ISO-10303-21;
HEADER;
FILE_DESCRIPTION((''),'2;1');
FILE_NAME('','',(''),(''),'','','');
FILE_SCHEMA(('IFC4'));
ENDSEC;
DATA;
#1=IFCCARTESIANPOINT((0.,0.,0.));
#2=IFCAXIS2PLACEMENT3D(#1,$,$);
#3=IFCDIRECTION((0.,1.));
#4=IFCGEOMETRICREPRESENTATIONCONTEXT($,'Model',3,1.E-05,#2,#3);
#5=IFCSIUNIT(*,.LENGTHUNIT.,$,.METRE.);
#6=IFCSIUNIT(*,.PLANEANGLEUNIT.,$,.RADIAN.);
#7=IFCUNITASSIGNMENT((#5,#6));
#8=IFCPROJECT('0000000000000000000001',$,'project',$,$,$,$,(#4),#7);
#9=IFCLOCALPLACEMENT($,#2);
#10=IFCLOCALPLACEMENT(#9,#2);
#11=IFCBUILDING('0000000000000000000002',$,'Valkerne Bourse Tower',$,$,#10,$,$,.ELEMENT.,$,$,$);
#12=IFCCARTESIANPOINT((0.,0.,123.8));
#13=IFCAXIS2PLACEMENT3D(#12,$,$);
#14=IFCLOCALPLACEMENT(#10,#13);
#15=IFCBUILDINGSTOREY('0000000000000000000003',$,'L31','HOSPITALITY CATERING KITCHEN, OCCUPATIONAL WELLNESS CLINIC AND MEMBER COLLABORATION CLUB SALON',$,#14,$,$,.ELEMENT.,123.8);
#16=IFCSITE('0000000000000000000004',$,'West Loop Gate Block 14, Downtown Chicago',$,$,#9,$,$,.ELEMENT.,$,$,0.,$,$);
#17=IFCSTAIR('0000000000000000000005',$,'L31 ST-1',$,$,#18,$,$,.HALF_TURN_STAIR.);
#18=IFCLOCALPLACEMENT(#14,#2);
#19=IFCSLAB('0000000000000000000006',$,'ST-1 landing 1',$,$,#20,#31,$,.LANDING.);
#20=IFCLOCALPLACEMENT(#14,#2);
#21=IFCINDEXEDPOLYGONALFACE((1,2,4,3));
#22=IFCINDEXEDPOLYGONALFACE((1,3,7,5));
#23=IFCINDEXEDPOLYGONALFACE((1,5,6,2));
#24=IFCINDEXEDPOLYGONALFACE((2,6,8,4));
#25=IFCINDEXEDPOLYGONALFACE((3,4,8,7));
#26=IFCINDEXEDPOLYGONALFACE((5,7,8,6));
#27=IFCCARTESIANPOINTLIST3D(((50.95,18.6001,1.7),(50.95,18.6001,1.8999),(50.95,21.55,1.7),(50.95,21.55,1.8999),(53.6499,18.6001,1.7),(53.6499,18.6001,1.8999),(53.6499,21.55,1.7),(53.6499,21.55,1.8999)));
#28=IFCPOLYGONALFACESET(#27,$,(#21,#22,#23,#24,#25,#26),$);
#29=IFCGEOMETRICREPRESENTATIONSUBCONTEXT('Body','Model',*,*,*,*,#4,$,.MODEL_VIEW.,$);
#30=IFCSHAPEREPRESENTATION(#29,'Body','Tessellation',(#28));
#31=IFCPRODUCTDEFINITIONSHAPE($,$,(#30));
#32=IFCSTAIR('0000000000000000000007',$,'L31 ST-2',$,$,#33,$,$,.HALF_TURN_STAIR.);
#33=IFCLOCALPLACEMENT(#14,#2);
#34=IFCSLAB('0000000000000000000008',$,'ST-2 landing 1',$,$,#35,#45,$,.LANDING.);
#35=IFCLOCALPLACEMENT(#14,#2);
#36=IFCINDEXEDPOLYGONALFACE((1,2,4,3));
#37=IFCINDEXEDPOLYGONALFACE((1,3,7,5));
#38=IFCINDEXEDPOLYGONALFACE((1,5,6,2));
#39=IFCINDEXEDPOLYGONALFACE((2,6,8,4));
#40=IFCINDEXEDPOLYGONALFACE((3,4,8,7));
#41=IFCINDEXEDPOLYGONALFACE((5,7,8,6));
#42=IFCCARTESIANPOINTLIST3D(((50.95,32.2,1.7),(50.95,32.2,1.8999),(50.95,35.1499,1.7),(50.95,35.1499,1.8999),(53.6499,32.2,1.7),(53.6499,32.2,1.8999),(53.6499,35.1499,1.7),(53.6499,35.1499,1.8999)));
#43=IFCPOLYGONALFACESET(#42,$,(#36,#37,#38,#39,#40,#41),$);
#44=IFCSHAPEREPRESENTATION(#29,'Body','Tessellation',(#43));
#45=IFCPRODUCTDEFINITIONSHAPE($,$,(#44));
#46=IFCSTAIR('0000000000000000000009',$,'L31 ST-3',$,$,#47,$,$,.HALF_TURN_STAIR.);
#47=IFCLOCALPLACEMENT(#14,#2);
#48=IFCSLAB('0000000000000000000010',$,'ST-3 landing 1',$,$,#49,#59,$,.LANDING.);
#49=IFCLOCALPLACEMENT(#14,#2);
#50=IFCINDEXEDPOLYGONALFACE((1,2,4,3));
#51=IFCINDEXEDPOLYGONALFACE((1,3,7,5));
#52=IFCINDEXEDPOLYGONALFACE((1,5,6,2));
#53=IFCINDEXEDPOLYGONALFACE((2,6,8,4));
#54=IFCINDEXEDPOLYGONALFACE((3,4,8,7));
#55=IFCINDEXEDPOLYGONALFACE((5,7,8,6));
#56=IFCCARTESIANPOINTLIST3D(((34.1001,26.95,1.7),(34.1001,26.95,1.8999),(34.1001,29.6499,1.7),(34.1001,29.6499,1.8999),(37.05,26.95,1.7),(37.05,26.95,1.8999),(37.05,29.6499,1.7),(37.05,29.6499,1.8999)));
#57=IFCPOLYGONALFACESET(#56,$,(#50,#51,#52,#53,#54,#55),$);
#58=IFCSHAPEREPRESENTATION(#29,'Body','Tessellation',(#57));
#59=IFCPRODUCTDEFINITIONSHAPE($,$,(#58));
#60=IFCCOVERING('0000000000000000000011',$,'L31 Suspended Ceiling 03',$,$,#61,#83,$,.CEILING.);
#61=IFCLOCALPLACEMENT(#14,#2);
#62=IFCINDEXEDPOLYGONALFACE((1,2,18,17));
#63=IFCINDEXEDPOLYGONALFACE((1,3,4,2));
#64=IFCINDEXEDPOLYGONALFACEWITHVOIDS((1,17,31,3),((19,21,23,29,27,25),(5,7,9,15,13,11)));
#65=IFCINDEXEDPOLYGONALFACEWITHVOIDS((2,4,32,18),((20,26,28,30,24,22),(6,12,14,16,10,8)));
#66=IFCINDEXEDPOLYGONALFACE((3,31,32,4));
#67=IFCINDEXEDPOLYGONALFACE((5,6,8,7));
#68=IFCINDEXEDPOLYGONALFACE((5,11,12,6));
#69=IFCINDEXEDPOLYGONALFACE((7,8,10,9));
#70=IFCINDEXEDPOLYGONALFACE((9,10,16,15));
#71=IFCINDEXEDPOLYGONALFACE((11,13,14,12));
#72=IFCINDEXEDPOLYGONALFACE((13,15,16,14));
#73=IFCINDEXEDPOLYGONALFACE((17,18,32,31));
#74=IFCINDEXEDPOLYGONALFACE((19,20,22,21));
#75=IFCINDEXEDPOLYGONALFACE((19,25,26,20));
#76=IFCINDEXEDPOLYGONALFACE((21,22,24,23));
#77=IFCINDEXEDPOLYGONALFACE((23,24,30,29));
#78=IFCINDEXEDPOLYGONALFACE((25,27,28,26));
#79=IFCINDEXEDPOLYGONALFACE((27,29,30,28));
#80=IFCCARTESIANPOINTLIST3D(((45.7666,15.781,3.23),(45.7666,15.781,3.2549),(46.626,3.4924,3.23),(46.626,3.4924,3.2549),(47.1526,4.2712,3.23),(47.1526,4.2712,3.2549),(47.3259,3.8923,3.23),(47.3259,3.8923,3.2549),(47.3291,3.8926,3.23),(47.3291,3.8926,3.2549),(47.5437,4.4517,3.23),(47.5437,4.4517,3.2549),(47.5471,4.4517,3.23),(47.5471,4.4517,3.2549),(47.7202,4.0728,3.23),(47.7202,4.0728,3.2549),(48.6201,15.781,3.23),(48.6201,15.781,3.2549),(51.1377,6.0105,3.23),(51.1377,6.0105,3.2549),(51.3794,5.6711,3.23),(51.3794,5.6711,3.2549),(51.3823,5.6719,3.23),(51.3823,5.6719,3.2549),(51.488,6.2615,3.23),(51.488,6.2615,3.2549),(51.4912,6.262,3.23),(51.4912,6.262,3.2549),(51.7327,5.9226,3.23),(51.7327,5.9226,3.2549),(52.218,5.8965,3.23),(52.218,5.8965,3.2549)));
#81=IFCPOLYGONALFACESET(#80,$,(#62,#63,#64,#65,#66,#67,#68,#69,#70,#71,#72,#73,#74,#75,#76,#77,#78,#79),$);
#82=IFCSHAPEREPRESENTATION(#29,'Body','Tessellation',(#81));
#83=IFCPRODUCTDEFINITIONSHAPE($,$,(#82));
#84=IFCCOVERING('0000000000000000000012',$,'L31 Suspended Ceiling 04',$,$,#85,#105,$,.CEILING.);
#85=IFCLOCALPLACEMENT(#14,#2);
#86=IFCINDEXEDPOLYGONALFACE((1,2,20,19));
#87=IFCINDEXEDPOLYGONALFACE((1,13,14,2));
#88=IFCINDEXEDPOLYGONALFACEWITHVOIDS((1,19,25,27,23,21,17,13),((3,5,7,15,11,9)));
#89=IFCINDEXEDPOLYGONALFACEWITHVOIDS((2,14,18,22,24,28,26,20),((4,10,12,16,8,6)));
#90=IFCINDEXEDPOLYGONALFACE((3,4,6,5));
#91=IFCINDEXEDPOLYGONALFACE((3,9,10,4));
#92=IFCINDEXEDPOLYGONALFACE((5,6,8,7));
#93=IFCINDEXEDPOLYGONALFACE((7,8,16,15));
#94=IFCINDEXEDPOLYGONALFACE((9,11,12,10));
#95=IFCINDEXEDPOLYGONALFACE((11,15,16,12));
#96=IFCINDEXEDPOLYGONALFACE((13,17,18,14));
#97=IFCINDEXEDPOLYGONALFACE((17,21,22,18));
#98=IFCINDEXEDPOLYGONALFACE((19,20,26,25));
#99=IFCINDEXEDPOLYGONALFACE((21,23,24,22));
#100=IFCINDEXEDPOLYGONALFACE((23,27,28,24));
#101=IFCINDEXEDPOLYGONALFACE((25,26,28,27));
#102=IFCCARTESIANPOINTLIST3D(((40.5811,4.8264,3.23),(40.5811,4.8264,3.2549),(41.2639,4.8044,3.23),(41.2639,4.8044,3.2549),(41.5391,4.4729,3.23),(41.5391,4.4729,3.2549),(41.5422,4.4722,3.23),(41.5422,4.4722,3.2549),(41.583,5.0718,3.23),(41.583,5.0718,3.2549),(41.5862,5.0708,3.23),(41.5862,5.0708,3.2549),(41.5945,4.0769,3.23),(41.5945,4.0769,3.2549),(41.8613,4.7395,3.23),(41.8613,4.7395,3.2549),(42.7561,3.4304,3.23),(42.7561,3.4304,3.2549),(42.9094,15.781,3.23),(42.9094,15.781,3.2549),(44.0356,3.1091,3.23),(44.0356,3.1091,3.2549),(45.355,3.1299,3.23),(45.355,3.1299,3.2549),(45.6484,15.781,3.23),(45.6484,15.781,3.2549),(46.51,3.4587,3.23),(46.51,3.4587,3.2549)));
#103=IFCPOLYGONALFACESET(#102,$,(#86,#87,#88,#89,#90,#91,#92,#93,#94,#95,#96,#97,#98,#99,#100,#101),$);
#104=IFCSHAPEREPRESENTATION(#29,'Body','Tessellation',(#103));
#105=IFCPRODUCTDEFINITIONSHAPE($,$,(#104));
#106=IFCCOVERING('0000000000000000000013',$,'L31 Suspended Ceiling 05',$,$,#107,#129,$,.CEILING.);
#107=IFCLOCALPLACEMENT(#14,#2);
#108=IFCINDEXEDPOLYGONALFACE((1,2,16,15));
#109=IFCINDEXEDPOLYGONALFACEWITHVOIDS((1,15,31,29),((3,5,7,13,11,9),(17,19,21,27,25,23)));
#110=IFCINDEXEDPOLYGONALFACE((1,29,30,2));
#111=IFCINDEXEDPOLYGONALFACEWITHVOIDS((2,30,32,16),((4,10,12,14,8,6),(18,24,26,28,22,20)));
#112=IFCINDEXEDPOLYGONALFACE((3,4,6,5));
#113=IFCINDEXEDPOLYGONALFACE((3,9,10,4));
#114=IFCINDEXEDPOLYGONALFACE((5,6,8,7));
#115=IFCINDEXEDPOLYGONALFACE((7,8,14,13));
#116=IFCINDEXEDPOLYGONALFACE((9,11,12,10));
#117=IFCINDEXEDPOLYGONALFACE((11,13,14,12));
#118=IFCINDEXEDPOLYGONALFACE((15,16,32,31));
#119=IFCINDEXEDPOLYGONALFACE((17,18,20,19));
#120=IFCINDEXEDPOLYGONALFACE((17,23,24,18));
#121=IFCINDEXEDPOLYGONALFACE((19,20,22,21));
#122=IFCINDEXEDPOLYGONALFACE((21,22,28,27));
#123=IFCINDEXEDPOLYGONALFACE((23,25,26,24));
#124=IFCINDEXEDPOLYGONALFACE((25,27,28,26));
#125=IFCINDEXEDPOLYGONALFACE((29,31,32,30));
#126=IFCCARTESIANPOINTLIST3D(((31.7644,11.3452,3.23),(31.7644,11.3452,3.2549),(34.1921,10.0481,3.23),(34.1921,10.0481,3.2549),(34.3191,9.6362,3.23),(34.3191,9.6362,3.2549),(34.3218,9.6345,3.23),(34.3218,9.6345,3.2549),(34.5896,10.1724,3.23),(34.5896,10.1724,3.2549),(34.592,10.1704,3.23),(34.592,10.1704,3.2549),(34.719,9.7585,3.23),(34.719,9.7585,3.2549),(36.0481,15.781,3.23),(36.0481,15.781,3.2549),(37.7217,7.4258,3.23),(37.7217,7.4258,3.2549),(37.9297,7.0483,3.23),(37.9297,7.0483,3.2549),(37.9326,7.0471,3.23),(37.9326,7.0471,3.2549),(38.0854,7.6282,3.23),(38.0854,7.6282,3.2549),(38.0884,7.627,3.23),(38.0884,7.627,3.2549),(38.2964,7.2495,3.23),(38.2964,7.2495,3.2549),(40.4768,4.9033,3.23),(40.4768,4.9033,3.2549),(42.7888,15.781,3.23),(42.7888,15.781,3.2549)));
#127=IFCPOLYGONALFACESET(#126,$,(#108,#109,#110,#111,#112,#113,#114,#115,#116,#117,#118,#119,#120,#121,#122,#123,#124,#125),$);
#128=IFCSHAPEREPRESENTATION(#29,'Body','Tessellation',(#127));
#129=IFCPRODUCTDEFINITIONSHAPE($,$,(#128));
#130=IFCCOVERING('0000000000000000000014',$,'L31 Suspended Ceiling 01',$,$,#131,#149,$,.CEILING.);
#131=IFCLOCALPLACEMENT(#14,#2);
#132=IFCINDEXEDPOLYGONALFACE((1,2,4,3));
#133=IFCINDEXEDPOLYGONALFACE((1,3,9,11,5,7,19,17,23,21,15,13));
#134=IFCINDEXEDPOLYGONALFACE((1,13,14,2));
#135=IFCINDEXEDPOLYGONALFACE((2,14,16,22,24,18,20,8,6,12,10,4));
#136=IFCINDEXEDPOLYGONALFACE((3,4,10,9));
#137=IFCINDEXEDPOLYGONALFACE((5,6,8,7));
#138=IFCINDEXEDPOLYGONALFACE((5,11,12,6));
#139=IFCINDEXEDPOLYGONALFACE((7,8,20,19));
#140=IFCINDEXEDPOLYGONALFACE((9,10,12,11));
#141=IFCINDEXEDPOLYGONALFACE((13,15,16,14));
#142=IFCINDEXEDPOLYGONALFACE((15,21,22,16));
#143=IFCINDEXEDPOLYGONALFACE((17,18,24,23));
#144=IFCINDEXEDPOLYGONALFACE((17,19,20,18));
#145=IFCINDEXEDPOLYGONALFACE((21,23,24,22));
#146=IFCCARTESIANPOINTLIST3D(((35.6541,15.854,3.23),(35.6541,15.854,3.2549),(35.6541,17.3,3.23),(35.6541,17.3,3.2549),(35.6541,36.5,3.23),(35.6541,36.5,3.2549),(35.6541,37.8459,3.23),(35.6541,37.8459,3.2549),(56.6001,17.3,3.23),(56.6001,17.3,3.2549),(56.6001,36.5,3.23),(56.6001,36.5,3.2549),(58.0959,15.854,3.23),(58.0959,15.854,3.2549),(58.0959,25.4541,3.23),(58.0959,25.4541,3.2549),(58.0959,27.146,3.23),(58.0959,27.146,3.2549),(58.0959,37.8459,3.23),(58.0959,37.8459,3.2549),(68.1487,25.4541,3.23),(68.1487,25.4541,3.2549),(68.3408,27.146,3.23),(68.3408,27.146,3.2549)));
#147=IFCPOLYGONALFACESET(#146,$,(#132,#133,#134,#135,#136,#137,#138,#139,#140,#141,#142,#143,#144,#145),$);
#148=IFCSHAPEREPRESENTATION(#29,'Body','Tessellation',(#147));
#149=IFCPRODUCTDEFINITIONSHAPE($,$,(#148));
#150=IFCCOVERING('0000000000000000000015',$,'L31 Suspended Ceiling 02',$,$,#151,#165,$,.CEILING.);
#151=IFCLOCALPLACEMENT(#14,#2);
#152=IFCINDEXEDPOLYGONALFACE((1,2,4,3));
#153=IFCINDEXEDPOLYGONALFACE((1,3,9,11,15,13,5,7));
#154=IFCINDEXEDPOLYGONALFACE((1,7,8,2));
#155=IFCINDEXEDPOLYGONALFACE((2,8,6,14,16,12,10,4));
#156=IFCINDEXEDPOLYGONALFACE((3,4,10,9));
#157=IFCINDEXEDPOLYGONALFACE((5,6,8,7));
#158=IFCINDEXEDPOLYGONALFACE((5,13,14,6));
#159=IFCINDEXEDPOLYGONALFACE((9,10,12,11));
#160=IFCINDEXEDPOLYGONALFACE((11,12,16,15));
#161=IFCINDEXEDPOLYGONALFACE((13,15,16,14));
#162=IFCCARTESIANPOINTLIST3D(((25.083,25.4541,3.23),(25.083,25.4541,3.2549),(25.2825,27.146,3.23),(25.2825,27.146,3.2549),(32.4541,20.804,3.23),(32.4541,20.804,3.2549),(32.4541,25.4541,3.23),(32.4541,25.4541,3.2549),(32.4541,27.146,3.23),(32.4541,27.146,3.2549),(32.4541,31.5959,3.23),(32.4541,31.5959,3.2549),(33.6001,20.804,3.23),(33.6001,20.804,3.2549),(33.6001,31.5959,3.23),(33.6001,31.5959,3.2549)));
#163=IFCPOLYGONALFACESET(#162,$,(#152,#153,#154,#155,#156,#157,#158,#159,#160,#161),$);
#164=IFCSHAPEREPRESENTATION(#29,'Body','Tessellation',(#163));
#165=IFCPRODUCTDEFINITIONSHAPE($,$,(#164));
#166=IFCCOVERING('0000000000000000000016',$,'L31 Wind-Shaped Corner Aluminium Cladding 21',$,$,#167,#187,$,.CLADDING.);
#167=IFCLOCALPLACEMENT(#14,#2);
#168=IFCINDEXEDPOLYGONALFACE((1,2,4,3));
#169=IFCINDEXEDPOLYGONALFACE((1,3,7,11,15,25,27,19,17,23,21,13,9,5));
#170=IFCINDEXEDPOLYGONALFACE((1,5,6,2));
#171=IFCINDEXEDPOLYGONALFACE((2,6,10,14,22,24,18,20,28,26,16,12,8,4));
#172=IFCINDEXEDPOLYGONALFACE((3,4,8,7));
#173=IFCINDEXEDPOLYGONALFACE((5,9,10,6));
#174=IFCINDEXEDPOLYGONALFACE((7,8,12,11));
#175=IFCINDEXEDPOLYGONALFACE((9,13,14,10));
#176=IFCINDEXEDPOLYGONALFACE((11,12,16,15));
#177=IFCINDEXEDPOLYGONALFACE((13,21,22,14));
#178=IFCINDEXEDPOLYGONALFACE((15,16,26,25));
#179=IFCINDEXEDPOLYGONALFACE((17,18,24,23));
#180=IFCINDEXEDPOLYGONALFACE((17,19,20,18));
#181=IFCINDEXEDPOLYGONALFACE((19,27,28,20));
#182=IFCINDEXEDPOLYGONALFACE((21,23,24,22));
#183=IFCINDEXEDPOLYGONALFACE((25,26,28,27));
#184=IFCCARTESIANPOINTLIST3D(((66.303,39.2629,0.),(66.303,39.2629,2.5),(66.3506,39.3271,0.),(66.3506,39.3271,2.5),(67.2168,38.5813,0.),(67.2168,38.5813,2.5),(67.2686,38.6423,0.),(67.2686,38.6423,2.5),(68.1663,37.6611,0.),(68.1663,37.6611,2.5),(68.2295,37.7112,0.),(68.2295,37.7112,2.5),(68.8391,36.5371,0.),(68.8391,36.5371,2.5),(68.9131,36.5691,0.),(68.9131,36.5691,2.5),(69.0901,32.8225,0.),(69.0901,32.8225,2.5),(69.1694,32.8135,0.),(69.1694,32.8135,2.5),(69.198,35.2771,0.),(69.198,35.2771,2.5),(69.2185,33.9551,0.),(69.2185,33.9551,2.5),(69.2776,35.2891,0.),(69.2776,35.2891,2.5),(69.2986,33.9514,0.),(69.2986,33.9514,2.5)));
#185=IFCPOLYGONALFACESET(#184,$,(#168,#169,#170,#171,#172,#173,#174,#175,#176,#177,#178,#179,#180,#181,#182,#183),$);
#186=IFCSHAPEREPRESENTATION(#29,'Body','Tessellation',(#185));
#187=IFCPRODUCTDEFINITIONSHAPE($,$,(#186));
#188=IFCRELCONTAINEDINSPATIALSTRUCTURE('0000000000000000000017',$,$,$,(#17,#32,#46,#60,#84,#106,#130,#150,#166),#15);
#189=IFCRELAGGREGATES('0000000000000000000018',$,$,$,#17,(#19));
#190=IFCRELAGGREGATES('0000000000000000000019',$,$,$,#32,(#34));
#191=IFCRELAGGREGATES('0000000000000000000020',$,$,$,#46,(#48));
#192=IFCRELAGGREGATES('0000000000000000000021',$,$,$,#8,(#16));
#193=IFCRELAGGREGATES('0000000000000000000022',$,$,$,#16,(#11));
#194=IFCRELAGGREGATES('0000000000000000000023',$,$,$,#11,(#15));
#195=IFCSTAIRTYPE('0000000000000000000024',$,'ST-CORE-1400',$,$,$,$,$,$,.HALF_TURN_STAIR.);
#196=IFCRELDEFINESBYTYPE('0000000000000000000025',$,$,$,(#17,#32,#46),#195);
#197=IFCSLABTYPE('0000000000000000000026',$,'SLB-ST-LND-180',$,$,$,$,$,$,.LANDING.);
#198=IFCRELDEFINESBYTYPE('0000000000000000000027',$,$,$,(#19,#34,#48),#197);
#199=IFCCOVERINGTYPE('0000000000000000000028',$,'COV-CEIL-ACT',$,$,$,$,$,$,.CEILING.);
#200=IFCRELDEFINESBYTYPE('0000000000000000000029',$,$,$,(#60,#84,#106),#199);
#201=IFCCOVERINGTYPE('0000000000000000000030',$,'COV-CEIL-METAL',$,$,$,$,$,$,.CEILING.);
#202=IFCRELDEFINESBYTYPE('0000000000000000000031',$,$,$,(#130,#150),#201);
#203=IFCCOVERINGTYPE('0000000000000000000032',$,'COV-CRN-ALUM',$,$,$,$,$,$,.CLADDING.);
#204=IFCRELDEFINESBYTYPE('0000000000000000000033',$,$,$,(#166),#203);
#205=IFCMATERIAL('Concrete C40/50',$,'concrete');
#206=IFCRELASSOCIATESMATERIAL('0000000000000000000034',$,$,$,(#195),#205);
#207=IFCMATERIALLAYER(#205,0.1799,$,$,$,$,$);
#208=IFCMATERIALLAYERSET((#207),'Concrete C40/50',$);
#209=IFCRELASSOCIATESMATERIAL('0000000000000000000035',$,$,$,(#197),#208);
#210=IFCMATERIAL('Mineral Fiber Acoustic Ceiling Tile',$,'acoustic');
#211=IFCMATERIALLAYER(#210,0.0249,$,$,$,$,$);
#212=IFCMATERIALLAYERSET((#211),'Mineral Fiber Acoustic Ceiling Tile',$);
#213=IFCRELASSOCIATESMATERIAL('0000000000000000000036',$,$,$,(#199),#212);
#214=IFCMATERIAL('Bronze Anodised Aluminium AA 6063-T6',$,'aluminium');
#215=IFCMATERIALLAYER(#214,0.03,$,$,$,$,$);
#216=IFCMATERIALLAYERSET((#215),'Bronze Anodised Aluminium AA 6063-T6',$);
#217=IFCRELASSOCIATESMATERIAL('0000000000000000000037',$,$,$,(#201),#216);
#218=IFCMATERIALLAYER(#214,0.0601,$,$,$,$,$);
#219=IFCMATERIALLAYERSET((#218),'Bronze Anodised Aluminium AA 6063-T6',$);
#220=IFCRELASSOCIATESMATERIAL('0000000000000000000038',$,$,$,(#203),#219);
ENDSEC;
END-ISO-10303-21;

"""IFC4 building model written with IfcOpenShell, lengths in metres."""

from ifc_helpers import new_model, si_unit, direction, frame, origin, place, context, subcontext, project, spatial, polyline, outline, extrude, material, layer, layer_set, type_object, element, aggregate, save


model = new_model("IFC4")

# Units and contexts
model_context = context("Model", 3, precision=1e-05, world=origin(), true_north=direction((0.0, 1.0)))
body_context = subcontext(model_context, "Body", "Model", "MODEL_VIEW")
ifc_project = project(units=[si_unit("LENGTHUNIT", "METRE"), si_unit("PLANEANGLEUNIT", "RADIAN")], contexts=[model_context])

# Site, building, storey
site_placement = place(None, origin())
site = spatial("IfcSite", under=ifc_project, at=site_placement, Name="West Loop Gate Block 14, Downtown Chicago", CompositionType="ELEMENT", RefElevation=0.0)
building_placement = place(site_placement, origin())
building = spatial("IfcBuilding", under=site, at=building_placement, Name="Valkerne Bourse Tower", CompositionType="ELEMENT")
storey_placement = place(building_placement, frame((0.0, 0.0, 123.8)))
storey = spatial("IfcBuildingStorey", under=building, at=storey_placement, Name="L31", Description="HOSPITALITY CATERING KITCHEN, OCCUPATIONAL WELLNESS CLINIC AND MEMBER COLLABORATION CLUB SALON", CompositionType="ELEMENT", Elevation=123.8)

# Stairs, slabs
ifc_material_1 = material(Name="Concrete C40/50", Category="concrete")
stair_type = type_object("IfcStairType", Name="ST-CORE-1400", PredefinedType="HALF_TURN_STAIR", material=ifc_material_1)
stair_1_placement = place(storey_placement, origin())
stair_1 = element("IfcStair", 1, at=stair_1_placement, inside=storey, type_object=stair_type, Name="L31 ST-1", PredefinedType="HALF_TURN_STAIR")
ifc_layer_1 = layer(ifc_material_1, 0.1799)
ifc_layer_set_1 = layer_set([ifc_layer_1], Name="Concrete C40/50")
slab_type = type_object("IfcSlabType", Name="SLB-ST-LND-180", PredefinedType="LANDING", material=ifc_layer_set_1)
slab_1_placement = place(storey_placement, frame((0.0, 0.0, 1.7)))
slab_1 = element("IfcSlab", 2, at=slab_1_placement, type_object=slab_type, Name="ST-1 landing 1", PredefinedType="LANDING", context=body_context, shape_type="SweptSolid", body=[
    extrude(outline(polyline([(50.95, 18.6001), (53.6499, 18.6001), (53.6499, 21.55), (50.95, 21.55), (50.95, 18.6001)])), origin(), (0.0, 0.0, 1.0), 0.2),
])
aggregate(stair_1, [slab_1])
stair_2_placement = place(storey_placement, origin())
stair_2 = element("IfcStair", 3, at=stair_2_placement, inside=storey, type_object=stair_type, Name="L31 ST-2", PredefinedType="HALF_TURN_STAIR")
slab_2_placement = place(storey_placement, frame((0.0, 0.0, 1.7)))
slab_2 = element("IfcSlab", 4, at=slab_2_placement, type_object=slab_type, Name="ST-2 landing 1", PredefinedType="LANDING", context=body_context, shape_type="SweptSolid", body=[
    extrude(outline(polyline([(50.95, 32.2), (53.6499, 32.2), (53.6499, 35.1499), (50.95, 35.1499), (50.95, 32.2)])), origin(), (0.0, 0.0, 1.0), 0.2),
])
aggregate(stair_2, [slab_2])
stair_3_placement = place(storey_placement, origin())
stair_3 = element("IfcStair", 5, at=stair_3_placement, inside=storey, type_object=stair_type, Name="L31 ST-3", PredefinedType="HALF_TURN_STAIR")
slab_3_placement = place(storey_placement, frame((0.0, 0.0, 1.7)))
slab_3 = element("IfcSlab", 6, at=slab_3_placement, type_object=slab_type, Name="ST-3 landing 1", PredefinedType="LANDING", context=body_context, shape_type="SweptSolid", body=[
    extrude(outline(polyline([(37.05, 26.95), (37.05, 29.6499), (34.1001, 29.6499), (34.1001, 26.95), (37.05, 26.95)])), origin(), (0.0, 0.0, 1.0), 0.2),
])
aggregate(stair_3, [slab_3])

# Coverings
ifc_material_2 = material(Name="Mineral Fiber Acoustic Ceiling Tile", Category="acoustic")
ifc_layer_2 = layer(ifc_material_2, 0.0249)
ifc_layer_set_2 = layer_set([ifc_layer_2], Name="Mineral Fiber Acoustic Ceiling Tile")
covering_type_1 = type_object("IfcCoveringType", Name="COV-CEIL-ACT", PredefinedType="CEILING", material=ifc_layer_set_2)
covering_1_placement = place(storey_placement, frame((0.0, 0.0, 3.23)))
element("IfcCovering", 7, at=covering_1_placement, inside=storey, type_object=covering_type_1, Name="L31 Suspended Ceiling 03", PredefinedType="CEILING", context=body_context, shape_type="SweptSolid", body=[
    extrude(outline(polyline([(45.7666, 15.781), (48.6201, 15.781), (52.218, 5.8965), (46.626, 3.4924), (45.7666, 15.781)]), holes=[polyline([(47.3291, 3.8926), (47.7202, 4.0728), (47.5471, 4.4517), (47.5437, 4.4517), (47.1526, 4.2712), (47.3259, 3.8923), (47.3291, 3.8926)]), polyline([(51.7327, 5.9226), (51.4912, 6.262), (51.488, 6.2615), (51.1377, 6.0105), (51.3794, 5.6711), (51.3823, 5.6719), (51.7327, 5.9226)])]), origin(), (0.0, 0.0, 1.0), 0.0249),
])
covering_2_placement = place(storey_placement, frame((0.0, 0.0, 3.23)))
element("IfcCovering", 8, at=covering_2_placement, inside=storey, type_object=covering_type_1, Name="L31 Suspended Ceiling 04", PredefinedType="CEILING", context=body_context, shape_type="SweptSolid", body=[
    extrude(outline(polyline([(42.7561, 3.4304), (41.5945, 4.0769), (40.5811, 4.8264), (42.9094, 15.781), (45.6484, 15.781), (46.51, 3.4587), (45.355, 3.1299), (44.0356, 3.1091), (42.7561, 3.4304)]), holes=[polyline([(41.5862, 5.0708), (41.583, 5.0718), (41.2639, 4.8044), (41.5391, 4.4729), (41.5422, 4.4722), (41.8613, 4.7395), (41.5862, 5.0708)])]), origin(), (0.0, 0.0, 1.0), 0.0249),
])
covering_3_placement = place(storey_placement, frame((0.0, 0.0, 3.23)))
element("IfcCovering", 9, at=covering_3_placement, inside=storey, type_object=covering_type_1, Name="L31 Suspended Ceiling 05", PredefinedType="CEILING", context=body_context, shape_type="SweptSolid", body=[
    extrude(outline(polyline([(42.7888, 15.781), (40.4768, 4.9033), (31.7644, 11.3452), (36.0481, 15.781), (42.7888, 15.781)]), holes=[polyline([(38.0884, 7.627), (38.0854, 7.6282), (37.7217, 7.4258), (37.9297, 7.0483), (37.9326, 7.0471), (38.2964, 7.2495), (38.0884, 7.627)]), polyline([(34.592, 10.1704), (34.5896, 10.1724), (34.1921, 10.0481), (34.3191, 9.6362), (34.3218, 9.6345), (34.719, 9.7585), (34.592, 10.1704)])]), origin(), (0.0, 0.0, 1.0), 0.0249),
])
ifc_material_3 = material(Name="Bronze Anodised Aluminium AA 6063-T6", Category="aluminium")
ifc_layer_3 = layer(ifc_material_3, 0.03)
ifc_layer_set_3 = layer_set([ifc_layer_3], Name="Bronze Anodised Aluminium AA 6063-T6")
covering_type_2 = type_object("IfcCoveringType", Name="COV-CEIL-METAL", PredefinedType="CEILING", material=ifc_layer_set_3)
covering_4_placement = place(storey_placement, frame((0.0, 0.0, 3.23)))
element("IfcCovering", 10, at=covering_4_placement, inside=storey, type_object=covering_type_2, Name="L31 Suspended Ceiling 01", PredefinedType="CEILING", context=body_context, shape_type="SweptSolid", body=[
    extrude(outline(polyline([(68.3408, 27.146), (68.1487, 25.4541), (58.0959, 25.4541), (58.0959, 15.854), (35.6541, 15.854), (35.6541, 17.3), (56.6001, 17.3), (56.6001, 36.5), (35.6541, 36.5), (35.6541, 37.8459), (58.0959, 37.8459), (58.0959, 27.146), (68.3408, 27.146)])), origin(), (0.0, 0.0, 1.0), 0.0249),
])
covering_5_placement = place(storey_placement, frame((0.0, 0.0, 3.23)))
element("IfcCovering", 11, at=covering_5_placement, inside=storey, type_object=covering_type_2, Name="L31 Suspended Ceiling 02", PredefinedType="CEILING", context=body_context, shape_type="SweptSolid", body=[
    extrude(outline(polyline([(32.4541, 20.804), (32.4541, 25.4541), (25.083, 25.4541), (25.2825, 27.146), (32.4541, 27.146), (32.4541, 31.5959), (33.6001, 31.5959), (33.6001, 20.804), (32.4541, 20.804)])), origin(), (0.0, 0.0, 1.0), 0.0249),
])
ifc_layer_4 = layer(ifc_material_3, 0.0601)
ifc_layer_set_4 = layer_set([ifc_layer_4], Name="Bronze Anodised Aluminium AA 6063-T6")
covering_type_3 = type_object("IfcCoveringType", Name="COV-CRN-ALUM", PredefinedType="CLADDING", material=ifc_layer_set_4)
covering_6_placement = place(storey_placement, origin())
element("IfcCovering", 12, at=covering_6_placement, inside=storey, type_object=covering_type_3, Name="L31 Wind-Shaped Corner Aluminium Cladding 21", PredefinedType="CLADDING", context=body_context, shape_type="SweptSolid", body=[
    extrude(outline(polyline([(67.2686, 38.6423), (68.2295, 37.7112), (68.9131, 36.5691), (69.2776, 35.2891), (69.2986, 33.9514), (69.1694, 32.8135), (69.0901, 32.8225), (69.2185, 33.9551), (69.198, 35.2771), (68.8391, 36.5371), (68.1663, 37.6611), (67.2168, 38.5813), (66.303, 39.2629), (66.3506, 39.3271), (67.2686, 38.6423)])), origin(), (0.0, 0.0, 1.0), 2.5),
])

save(model, "model.ifc")
